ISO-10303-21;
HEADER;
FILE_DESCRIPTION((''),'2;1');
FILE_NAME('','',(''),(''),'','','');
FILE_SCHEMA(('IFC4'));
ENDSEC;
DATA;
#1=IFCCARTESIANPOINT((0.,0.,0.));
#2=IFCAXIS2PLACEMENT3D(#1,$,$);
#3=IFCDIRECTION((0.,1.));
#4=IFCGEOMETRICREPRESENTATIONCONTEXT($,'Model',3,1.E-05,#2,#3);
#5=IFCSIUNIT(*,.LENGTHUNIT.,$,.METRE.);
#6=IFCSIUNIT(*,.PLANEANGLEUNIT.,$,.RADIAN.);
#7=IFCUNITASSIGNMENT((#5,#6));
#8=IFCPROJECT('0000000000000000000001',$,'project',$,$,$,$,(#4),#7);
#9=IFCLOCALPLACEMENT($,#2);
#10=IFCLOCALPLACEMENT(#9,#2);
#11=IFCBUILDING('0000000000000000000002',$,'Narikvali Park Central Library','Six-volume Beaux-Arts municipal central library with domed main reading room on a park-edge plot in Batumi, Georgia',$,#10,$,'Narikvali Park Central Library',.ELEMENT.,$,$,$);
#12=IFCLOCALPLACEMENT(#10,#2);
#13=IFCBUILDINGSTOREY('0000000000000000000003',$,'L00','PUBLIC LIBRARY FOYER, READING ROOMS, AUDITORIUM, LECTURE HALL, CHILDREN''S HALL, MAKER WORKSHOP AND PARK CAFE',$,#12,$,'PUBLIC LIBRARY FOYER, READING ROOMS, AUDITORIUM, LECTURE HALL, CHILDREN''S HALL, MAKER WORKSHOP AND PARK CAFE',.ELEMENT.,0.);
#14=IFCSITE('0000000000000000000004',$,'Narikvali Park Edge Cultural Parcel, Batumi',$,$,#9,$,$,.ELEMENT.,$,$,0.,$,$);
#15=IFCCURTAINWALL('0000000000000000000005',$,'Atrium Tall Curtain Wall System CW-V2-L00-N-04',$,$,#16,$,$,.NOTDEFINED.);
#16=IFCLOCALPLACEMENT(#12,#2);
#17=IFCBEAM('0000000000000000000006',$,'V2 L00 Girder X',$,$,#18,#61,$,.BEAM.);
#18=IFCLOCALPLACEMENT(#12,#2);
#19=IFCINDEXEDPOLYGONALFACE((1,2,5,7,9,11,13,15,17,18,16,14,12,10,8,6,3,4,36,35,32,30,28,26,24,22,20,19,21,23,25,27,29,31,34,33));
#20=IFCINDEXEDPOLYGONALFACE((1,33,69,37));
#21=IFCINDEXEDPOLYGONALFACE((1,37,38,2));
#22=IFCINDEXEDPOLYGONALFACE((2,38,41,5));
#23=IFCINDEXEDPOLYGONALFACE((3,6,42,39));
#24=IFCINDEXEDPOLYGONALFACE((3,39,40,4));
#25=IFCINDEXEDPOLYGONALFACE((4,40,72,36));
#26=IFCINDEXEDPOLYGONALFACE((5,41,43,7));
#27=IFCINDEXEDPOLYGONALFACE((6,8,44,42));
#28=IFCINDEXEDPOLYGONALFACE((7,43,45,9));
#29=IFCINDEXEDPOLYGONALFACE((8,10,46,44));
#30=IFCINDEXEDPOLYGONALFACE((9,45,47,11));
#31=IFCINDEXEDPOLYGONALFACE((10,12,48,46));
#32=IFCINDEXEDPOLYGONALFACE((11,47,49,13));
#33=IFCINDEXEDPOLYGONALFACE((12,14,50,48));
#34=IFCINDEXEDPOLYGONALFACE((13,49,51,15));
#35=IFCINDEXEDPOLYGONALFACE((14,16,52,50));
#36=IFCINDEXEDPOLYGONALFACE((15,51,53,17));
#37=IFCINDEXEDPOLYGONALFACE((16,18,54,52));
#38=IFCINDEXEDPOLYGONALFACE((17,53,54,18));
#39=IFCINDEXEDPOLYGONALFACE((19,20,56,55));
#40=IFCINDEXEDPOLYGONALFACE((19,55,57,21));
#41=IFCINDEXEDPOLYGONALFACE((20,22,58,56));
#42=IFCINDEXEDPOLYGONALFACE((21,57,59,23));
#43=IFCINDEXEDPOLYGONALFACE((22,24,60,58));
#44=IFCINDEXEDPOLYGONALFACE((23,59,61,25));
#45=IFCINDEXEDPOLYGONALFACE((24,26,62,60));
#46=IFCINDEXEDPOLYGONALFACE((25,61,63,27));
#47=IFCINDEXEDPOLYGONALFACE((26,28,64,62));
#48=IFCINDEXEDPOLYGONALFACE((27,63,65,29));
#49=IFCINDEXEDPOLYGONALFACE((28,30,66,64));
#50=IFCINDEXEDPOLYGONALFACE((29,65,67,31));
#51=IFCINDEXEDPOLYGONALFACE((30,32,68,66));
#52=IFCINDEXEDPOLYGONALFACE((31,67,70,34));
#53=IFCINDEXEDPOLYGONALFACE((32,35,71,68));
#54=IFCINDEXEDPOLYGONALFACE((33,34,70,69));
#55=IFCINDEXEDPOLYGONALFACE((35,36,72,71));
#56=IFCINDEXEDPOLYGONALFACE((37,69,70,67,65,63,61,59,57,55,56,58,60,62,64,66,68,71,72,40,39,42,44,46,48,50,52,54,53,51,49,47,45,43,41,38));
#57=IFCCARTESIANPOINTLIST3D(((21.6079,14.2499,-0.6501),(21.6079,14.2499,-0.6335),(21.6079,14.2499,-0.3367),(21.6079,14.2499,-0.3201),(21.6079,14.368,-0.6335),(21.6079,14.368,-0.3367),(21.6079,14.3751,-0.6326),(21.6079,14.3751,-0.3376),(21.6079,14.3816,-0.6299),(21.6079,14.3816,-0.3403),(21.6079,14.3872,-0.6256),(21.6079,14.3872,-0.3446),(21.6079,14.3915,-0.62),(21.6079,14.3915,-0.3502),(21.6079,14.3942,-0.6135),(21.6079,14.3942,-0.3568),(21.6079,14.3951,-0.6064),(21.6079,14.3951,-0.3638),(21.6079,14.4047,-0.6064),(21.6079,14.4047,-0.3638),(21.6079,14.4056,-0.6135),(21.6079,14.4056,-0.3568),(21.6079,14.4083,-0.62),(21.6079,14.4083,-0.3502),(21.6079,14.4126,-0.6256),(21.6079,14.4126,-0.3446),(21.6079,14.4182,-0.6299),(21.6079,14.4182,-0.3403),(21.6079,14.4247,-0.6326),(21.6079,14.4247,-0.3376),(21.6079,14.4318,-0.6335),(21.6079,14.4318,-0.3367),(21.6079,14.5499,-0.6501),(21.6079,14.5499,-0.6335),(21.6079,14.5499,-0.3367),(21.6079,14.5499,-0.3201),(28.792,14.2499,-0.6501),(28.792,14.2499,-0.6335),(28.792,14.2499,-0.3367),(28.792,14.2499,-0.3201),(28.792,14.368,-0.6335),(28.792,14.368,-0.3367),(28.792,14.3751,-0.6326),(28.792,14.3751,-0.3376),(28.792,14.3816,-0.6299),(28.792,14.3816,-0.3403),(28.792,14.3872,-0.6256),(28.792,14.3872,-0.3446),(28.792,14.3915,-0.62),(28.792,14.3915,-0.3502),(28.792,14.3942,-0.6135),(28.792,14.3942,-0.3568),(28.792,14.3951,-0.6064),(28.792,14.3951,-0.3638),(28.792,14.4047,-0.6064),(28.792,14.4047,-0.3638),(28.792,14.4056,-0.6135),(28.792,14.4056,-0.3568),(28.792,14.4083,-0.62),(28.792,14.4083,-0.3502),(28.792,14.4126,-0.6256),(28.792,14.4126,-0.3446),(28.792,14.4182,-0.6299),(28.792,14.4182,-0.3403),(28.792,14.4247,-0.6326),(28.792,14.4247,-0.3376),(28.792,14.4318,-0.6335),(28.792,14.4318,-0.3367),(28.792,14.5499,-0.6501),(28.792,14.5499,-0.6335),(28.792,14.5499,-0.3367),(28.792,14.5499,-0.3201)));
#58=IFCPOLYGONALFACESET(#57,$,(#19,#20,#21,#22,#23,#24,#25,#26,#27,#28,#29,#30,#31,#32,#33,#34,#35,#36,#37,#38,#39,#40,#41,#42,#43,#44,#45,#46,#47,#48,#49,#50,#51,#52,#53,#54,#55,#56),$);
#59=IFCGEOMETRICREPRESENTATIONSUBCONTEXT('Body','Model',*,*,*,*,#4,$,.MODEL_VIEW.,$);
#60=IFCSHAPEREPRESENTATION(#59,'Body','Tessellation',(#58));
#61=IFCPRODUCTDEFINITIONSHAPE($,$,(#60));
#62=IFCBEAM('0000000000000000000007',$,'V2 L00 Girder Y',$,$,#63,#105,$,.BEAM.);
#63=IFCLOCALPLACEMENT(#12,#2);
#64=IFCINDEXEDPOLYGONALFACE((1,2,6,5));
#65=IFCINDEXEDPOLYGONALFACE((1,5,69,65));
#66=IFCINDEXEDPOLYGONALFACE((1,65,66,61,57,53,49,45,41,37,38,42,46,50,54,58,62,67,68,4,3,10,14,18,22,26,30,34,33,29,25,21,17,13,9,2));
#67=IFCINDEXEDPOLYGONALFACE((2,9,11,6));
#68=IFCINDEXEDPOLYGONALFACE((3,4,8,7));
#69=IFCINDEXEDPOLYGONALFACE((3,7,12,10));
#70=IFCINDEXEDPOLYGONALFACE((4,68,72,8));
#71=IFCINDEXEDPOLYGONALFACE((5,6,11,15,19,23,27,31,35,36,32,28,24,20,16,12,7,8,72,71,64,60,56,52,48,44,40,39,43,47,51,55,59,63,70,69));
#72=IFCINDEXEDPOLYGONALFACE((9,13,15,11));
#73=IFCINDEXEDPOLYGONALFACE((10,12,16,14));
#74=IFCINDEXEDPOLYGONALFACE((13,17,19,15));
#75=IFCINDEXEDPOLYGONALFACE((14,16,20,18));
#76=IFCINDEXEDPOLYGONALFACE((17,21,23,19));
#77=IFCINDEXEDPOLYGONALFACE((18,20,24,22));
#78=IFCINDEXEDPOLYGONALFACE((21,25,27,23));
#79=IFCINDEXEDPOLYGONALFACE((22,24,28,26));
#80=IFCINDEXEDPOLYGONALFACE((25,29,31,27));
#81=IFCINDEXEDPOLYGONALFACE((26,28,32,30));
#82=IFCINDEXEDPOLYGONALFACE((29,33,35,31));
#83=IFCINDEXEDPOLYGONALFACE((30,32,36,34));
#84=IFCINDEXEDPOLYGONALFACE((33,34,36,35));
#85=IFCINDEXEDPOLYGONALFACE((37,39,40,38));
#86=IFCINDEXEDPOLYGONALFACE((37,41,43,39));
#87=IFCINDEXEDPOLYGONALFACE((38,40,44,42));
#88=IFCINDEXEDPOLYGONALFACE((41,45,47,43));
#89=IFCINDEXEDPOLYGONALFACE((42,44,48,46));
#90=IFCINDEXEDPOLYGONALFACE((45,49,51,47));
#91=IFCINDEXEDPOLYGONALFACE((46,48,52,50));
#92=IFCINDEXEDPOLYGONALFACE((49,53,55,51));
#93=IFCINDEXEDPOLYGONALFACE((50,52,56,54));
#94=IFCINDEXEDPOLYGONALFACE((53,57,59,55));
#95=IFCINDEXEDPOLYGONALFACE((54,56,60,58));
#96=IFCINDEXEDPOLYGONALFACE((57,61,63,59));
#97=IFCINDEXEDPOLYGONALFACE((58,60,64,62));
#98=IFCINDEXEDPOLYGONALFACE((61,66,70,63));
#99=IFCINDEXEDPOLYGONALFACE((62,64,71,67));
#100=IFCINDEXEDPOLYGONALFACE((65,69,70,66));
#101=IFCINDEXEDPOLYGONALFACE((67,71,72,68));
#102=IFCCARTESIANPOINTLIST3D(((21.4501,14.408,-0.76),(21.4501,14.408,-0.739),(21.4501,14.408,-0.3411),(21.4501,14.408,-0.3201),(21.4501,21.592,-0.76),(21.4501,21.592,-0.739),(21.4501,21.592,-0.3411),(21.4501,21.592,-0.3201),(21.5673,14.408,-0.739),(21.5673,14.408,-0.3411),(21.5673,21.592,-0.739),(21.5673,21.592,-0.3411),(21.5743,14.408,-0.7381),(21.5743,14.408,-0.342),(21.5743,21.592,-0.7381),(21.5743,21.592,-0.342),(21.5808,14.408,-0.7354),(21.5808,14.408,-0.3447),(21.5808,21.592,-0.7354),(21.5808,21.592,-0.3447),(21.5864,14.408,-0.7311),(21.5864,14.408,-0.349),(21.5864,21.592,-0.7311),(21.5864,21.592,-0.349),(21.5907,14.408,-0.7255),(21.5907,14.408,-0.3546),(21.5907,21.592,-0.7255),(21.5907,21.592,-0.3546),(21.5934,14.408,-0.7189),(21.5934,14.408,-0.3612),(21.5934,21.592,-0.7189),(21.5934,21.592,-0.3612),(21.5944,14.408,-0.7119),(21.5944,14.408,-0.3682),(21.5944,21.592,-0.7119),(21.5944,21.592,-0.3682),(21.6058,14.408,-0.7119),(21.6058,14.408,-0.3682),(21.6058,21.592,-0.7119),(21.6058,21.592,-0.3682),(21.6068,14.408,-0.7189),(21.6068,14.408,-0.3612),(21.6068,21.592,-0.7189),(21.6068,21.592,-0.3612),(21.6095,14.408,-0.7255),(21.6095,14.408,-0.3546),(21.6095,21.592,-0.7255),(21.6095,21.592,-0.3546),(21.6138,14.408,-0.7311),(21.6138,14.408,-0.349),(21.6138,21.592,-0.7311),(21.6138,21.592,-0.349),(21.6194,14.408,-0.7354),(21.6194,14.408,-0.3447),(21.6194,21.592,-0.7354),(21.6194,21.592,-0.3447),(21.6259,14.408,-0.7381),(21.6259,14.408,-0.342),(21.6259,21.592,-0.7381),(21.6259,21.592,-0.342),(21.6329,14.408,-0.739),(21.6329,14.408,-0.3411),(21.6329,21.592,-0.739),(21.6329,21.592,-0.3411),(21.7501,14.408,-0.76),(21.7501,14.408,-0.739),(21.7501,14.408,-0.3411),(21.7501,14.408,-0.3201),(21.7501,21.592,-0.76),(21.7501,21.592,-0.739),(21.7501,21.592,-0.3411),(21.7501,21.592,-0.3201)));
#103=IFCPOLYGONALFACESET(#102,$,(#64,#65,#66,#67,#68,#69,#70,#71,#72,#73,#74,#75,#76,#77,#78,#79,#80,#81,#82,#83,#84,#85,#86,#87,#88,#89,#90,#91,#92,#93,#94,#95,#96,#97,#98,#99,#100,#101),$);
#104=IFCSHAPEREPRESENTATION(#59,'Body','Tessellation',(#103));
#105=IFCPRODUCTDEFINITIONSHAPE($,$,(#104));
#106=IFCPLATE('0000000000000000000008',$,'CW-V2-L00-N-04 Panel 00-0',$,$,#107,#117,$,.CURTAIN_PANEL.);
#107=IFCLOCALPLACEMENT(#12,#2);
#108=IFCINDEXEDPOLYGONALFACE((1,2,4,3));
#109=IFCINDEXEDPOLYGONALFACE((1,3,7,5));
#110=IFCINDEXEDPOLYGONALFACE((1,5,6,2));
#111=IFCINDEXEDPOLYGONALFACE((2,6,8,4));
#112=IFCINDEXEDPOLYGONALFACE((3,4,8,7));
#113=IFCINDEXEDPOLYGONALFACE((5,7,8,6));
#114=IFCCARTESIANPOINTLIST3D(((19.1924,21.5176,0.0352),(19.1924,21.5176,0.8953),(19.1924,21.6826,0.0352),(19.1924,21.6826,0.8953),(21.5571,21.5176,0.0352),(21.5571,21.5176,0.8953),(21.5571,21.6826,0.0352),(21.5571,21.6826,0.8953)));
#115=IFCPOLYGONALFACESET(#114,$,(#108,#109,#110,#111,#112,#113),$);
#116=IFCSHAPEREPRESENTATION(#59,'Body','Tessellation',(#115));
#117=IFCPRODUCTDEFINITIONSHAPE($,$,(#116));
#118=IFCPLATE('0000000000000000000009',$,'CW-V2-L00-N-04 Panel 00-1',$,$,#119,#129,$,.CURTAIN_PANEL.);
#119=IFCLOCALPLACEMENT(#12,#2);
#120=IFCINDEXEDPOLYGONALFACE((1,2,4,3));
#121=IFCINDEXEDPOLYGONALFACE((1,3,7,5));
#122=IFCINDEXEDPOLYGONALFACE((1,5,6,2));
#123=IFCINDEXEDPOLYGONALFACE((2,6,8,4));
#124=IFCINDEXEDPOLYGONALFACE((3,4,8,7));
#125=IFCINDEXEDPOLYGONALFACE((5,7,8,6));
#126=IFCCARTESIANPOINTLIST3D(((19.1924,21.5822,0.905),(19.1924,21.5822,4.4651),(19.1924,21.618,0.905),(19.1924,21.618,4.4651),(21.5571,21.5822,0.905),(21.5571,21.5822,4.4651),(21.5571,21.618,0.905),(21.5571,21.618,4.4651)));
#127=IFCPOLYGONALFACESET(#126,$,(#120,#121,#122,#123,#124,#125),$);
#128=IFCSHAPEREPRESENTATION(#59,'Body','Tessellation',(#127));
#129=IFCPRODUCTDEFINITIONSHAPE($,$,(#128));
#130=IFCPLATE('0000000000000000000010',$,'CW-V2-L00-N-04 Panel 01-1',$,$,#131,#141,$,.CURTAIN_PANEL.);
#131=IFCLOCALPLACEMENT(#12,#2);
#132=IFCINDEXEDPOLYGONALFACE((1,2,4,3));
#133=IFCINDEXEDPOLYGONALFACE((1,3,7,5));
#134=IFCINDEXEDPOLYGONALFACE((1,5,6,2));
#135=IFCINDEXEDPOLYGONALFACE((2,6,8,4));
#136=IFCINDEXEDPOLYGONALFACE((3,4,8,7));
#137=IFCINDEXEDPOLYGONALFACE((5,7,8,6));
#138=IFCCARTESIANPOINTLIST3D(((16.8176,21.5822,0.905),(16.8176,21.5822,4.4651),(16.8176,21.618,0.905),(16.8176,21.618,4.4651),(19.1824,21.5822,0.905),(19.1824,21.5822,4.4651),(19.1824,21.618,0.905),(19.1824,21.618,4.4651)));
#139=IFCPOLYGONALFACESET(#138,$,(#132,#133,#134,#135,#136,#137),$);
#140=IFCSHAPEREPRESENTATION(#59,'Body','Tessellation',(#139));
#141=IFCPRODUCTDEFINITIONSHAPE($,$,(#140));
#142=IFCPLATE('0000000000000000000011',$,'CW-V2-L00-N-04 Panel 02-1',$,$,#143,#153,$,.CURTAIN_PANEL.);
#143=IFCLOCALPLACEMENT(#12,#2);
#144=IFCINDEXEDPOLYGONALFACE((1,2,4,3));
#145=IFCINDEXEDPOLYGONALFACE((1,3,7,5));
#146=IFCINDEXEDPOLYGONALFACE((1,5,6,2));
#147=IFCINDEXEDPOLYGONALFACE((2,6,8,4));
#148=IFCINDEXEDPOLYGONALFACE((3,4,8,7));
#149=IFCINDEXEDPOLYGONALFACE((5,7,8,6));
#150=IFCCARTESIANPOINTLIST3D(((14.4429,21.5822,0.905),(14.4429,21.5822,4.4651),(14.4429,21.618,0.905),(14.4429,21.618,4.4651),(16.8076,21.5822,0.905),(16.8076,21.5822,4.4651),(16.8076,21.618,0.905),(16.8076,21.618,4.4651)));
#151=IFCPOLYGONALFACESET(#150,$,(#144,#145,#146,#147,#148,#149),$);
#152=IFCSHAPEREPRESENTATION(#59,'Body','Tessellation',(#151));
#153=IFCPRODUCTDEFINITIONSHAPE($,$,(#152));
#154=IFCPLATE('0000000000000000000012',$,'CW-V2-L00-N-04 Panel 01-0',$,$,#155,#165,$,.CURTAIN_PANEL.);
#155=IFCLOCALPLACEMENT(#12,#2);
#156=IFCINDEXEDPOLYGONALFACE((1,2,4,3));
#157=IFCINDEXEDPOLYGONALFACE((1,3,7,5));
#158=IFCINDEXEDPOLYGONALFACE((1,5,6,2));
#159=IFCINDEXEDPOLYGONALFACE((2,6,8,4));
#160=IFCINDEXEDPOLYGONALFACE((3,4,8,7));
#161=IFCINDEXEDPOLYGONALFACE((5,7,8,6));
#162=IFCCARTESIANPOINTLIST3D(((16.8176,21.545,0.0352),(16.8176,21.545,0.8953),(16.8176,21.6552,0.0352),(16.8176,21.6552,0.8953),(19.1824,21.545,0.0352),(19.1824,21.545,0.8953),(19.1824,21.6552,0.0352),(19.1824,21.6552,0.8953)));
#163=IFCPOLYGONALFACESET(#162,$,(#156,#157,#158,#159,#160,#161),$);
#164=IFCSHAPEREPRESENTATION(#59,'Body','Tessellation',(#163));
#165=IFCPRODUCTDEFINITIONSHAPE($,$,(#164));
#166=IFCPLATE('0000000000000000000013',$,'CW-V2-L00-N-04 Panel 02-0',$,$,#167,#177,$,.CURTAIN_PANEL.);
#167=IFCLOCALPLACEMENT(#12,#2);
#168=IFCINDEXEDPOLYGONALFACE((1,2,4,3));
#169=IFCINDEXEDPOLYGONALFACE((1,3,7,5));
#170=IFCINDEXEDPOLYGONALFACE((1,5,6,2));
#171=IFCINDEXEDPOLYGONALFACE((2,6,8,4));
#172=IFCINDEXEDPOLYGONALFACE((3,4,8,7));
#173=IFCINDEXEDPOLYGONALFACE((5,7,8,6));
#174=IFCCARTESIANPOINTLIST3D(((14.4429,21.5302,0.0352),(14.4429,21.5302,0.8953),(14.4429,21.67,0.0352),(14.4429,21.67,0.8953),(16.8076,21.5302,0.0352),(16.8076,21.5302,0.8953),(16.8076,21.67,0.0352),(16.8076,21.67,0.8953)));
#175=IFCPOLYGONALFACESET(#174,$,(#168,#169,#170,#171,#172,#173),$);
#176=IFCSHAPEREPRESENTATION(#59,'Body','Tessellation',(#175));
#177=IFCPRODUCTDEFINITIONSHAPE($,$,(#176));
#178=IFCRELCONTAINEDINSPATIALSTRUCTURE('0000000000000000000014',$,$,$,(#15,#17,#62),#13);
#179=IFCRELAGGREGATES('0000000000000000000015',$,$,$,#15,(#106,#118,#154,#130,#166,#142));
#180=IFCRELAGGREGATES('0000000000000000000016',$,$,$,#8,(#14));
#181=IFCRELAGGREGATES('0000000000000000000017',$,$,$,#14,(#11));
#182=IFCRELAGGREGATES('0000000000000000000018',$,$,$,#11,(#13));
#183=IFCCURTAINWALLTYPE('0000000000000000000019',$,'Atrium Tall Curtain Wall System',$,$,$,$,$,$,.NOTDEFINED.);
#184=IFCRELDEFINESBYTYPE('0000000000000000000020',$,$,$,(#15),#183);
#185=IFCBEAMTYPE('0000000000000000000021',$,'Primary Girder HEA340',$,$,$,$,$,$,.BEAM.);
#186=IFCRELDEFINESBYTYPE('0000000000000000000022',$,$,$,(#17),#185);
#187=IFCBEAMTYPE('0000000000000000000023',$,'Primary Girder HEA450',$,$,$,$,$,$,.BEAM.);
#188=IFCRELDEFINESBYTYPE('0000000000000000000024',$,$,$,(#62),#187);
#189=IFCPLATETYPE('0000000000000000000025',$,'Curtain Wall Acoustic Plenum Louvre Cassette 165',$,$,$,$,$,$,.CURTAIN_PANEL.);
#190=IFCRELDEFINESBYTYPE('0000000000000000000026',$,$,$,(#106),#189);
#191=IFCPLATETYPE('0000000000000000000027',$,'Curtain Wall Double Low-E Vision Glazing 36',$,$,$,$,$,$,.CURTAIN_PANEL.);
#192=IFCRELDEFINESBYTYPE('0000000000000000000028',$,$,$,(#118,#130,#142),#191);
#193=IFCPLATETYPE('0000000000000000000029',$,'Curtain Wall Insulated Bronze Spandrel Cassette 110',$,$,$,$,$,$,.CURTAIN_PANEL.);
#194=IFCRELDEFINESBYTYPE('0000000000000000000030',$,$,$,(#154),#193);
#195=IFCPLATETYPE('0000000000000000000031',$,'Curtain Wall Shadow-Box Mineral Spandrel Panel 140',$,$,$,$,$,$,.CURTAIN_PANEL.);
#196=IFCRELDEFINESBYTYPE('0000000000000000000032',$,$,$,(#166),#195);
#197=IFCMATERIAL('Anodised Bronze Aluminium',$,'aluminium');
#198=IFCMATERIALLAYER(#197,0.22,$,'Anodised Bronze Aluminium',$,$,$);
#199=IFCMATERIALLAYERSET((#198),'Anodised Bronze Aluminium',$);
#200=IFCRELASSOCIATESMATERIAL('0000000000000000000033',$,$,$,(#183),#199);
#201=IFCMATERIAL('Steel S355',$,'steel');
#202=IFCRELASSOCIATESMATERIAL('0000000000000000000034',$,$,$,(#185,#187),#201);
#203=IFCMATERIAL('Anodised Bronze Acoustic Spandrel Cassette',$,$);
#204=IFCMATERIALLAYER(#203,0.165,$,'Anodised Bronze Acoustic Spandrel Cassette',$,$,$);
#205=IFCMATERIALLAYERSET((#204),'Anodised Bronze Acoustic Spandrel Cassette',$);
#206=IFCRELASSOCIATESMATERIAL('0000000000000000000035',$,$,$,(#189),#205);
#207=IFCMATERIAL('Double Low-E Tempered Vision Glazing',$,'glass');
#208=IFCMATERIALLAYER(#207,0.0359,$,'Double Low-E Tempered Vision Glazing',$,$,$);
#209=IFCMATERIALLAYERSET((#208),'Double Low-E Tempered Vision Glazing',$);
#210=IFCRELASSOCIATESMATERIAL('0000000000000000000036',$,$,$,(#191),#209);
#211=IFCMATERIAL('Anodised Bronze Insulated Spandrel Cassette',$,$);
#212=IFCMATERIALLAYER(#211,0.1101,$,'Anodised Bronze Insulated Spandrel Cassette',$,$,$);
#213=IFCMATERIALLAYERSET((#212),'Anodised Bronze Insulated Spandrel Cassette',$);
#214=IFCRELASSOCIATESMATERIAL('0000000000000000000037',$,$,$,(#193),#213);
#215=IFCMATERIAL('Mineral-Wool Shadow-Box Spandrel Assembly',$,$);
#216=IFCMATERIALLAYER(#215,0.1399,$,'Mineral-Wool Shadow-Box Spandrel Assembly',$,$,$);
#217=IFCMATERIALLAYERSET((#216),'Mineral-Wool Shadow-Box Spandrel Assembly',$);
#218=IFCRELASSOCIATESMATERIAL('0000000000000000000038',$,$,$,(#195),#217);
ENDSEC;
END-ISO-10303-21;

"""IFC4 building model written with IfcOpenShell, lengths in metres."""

from ifc_helpers import new_model, si_unit, direction, frame, origin, origin_2d, place, context, subcontext, project, spatial, rectangle, i_section, extrude, material, layer, layer_set, material_profile, profile_set, type_object, element, aggregate, save


model = new_model("IFC4")

# Units and contexts
model_context = context("Model", 3, precision=1e-05, world=origin(), true_north=direction((0.0, 1.0)))
body_context = subcontext(model_context, "Body", "Model", "MODEL_VIEW")
ifc_project = project(units=[si_unit("LENGTHUNIT", "METRE"), si_unit("PLANEANGLEUNIT", "RADIAN")], contexts=[model_context])

# Site, building, storey
site_placement = place(None, origin())
site = spatial("IfcSite", under=ifc_project, at=site_placement, Name="Narikvali Park Edge Cultural Parcel, Batumi", CompositionType="ELEMENT", RefElevation=0.0)
building_placement = place(site_placement, origin())
building = spatial("IfcBuilding", under=site, at=building_placement, Name="Narikvali Park Central Library", Description="Six-volume Beaux-Arts municipal central library with domed main reading room on a park-edge plot in Batumi, Georgia", LongName="Narikvali Park Central Library", CompositionType="ELEMENT")
storey_placement = place(building_placement, origin())
storey = spatial("IfcBuildingStorey", under=building, at=storey_placement, Name="L00", Description="PUBLIC LIBRARY FOYER, READING ROOMS, AUDITORIUM, LECTURE HALL, CHILDREN'S HALL, MAKER WORKSHOP AND PARK CAFE", LongName="PUBLIC LIBRARY FOYER, READING ROOMS, AUDITORIUM, LECTURE HALL, CHILDREN'S HALL, MAKER WORKSHOP AND PARK CAFE", CompositionType="ELEMENT", Elevation=0.0)

# Shared definitions
ifc_material_1 = material(Name="Steel S355", Category="steel")

# Shared definitions
ifc_material_2 = material(Name="Anodised Bronze Aluminium", Category="aluminium")
ifc_layer_1 = layer(ifc_material_2, 0.22, Name="Anodised Bronze Aluminium")
ifc_layer_set_1 = layer_set([ifc_layer_1], Name="Anodised Bronze Aluminium")
curtain_wall_type = type_object("IfcCurtainWallType", Name="Atrium Tall Curtain Wall System", PredefinedType="NOTDEFINED", material=ifc_layer_set_1)

# Curtain wall
curtain_wall_1_placement = place(storey_placement, origin())
curtain_wall_1 = element("IfcCurtainWall", 1, at=curtain_wall_1_placement, inside=storey, type_object=curtain_wall_type, Name="Atrium Tall Curtain Wall System CW-V2-L00-N-04", PredefinedType="NOTDEFINED")

# Beams
ifc_material_profile_1 = material_profile(ifc_material_1, i_section(OverallWidth=0.3, OverallDepth=0.3301, WebThickness=0.0095, FlangeThickness=0.0166, FilletRadius=0.0271, at=origin_2d()), Name="HEA 340")
ifc_profile_set_1 = profile_set([ifc_material_profile_1], Name="Steel S355")
beam_type_1 = type_object("IfcBeamType", Name="Primary Girder HEA340", PredefinedType="BEAM", material=ifc_profile_set_1)
beam_1_placement = place(storey_placement, frame((21.6079, 14.3999, -0.4851), z_axis=(1.0, 0.0, 0.0), x_axis=(0.0, 1.0, 0.0)))
element("IfcBeam", 2, at=beam_1_placement, inside=storey, type_object=beam_type_1, Name="V2 L00 Girder X", PredefinedType="BEAM", context=body_context, shape_type="SweptSolid", body=[
    extrude(i_section(OverallWidth=0.3, OverallDepth=0.3301, WebThickness=0.0095, FlangeThickness=0.0166, FilletRadius=0.0271, at=origin_2d()), origin(), (0.0, 0.0, 1.0), 7.1841),
])
ifc_material_profile_2 = material_profile(ifc_material_1, i_section(OverallWidth=0.3, OverallDepth=0.4399, WebThickness=0.0115, FlangeThickness=0.021, FilletRadius=0.0271, at=origin_2d()), Name="HEA 450")
ifc_profile_set_2 = profile_set([ifc_material_profile_2], Name="Steel S355")
beam_type_2 = type_object("IfcBeamType", Name="Primary Girder HEA450", PredefinedType="BEAM", material=ifc_profile_set_2)
beam_2_placement = place(storey_placement, frame((21.6001, 14.408, -0.54), z_axis=(0.0, 1.0, 0.0), x_axis=(-1.0, 0.0, 0.0)))
element("IfcBeam", 3, at=beam_2_placement, inside=storey, type_object=beam_type_2, Name="V2 L00 Girder Y", PredefinedType="BEAM", context=body_context, shape_type="SweptSolid", body=[
    extrude(i_section(OverallWidth=0.3, OverallDepth=0.4399, WebThickness=0.0115, FlangeThickness=0.021, FilletRadius=0.0271, at=origin_2d()), origin(), (0.0, 0.0, 1.0), 7.1841),
])

# Plates
ifc_material_3 = material(Name="Anodised Bronze Acoustic Spandrel Cassette")
ifc_layer_2 = layer(ifc_material_3, 0.165, Name="Anodised Bronze Acoustic Spandrel Cassette")
ifc_layer_set_2 = layer_set([ifc_layer_2], Name="Anodised Bronze Acoustic Spandrel Cassette")
plate_type_1 = type_object("IfcPlateType", Name="Curtain Wall Acoustic Plenum Louvre Cassette 165", PredefinedType="CURTAIN_PANEL", material=ifc_layer_set_2)
plate_1_placement = place(storey_placement, frame((20.3748, 21.6001, 0.0352), z_axis=(0.0, 0.0, 1.0), x_axis=(-1.0, 0.0, 0.0)))
plate_1 = element("IfcPlate", 4, at=plate_1_placement, type_object=plate_type_1, Name="CW-V2-L00-N-04 Panel 00-0", PredefinedType="CURTAIN_PANEL", context=body_context, shape_type="SweptSolid", body=[
    extrude(rectangle(XDim=2.3647, YDim=0.165, at=origin_2d()), origin(), (0.0, 0.0, 1.0), 0.8601),
])
ifc_material_4 = material(Name="Double Low-E Tempered Vision Glazing", Category="glass")
ifc_layer_3 = layer(ifc_material_4, 0.0359, Name="Double Low-E Tempered Vision Glazing")
ifc_layer_set_3 = layer_set([ifc_layer_3], Name="Double Low-E Tempered Vision Glazing")
plate_type_2 = type_object("IfcPlateType", Name="Curtain Wall Double Low-E Vision Glazing 36", PredefinedType="CURTAIN_PANEL", material=ifc_layer_set_3)
plate_2_placement = place(storey_placement, frame((20.3748, 21.6001, 0.905), z_axis=(0.0, 0.0, 1.0), x_axis=(-1.0, 0.0, 0.0)))
plate_2 = element("IfcPlate", 5, at=plate_2_placement, type_object=plate_type_2, Name="CW-V2-L00-N-04 Panel 00-1", PredefinedType="CURTAIN_PANEL", context=body_context, shape_type="SweptSolid", body=[
    extrude(rectangle(XDim=2.3647, YDim=0.0359, at=origin_2d()), origin(), (0.0, 0.0, 1.0), 3.5601),
])
plate_3_placement = place(storey_placement, frame((18.0, 21.6001, 0.905), z_axis=(0.0, 0.0, 1.0), x_axis=(-1.0, 0.0, 0.0)))
plate_3 = element("IfcPlate", 6, at=plate_3_placement, type_object=plate_type_2, Name="CW-V2-L00-N-04 Panel 01-1", PredefinedType="CURTAIN_PANEL", context=body_context, shape_type="SweptSolid", body=[
    extrude(rectangle(XDim=2.3647, YDim=0.0359, at=origin_2d()), origin(), (0.0, 0.0, 1.0), 3.5601),
])
plate_4_placement = place(storey_placement, frame((15.6252, 21.6001, 0.905), z_axis=(0.0, 0.0, 1.0), x_axis=(-1.0, 0.0, 0.0)))
plate_4 = element("IfcPlate", 7, at=plate_4_placement, type_object=plate_type_2, Name="CW-V2-L00-N-04 Panel 02-1", PredefinedType="CURTAIN_PANEL", context=body_context, shape_type="SweptSolid", body=[
    extrude(rectangle(XDim=2.3647, YDim=0.0359, at=origin_2d()), origin(), (0.0, 0.0, 1.0), 3.5601),
])
ifc_material_5 = material(Name="Anodised Bronze Insulated Spandrel Cassette")
ifc_layer_4 = layer(ifc_material_5, 0.1101, Name="Anodised Bronze Insulated Spandrel Cassette")
ifc_layer_set_4 = layer_set([ifc_layer_4], Name="Anodised Bronze Insulated Spandrel Cassette")
plate_type_3 = type_object("IfcPlateType", Name="Curtain Wall Insulated Bronze Spandrel Cassette 110", PredefinedType="CURTAIN_PANEL", material=ifc_layer_set_4)
plate_5_placement = place(storey_placement, frame((18.0, 21.6001, 0.0352), z_axis=(0.0, 0.0, 1.0), x_axis=(-1.0, 0.0, 0.0)))
plate_5 = element("IfcPlate", 8, at=plate_5_placement, type_object=plate_type_3, Name="CW-V2-L00-N-04 Panel 01-0", PredefinedType="CURTAIN_PANEL", context=body_context, shape_type="SweptSolid", body=[
    extrude(rectangle(XDim=2.3647, YDim=0.1101, at=origin_2d()), origin(), (0.0, 0.0, 1.0), 0.8601),
])
ifc_material_6 = material(Name="Mineral-Wool Shadow-Box Spandrel Assembly")
ifc_layer_5 = layer(ifc_material_6, 0.1399, Name="Mineral-Wool Shadow-Box Spandrel Assembly")
ifc_layer_set_5 = layer_set([ifc_layer_5], Name="Mineral-Wool Shadow-Box Spandrel Assembly")
plate_type_4 = type_object("IfcPlateType", Name="Curtain Wall Shadow-Box Mineral Spandrel Panel 140", PredefinedType="CURTAIN_PANEL", material=ifc_layer_set_5)
plate_6_placement = place(storey_placement, frame((15.6252, 21.6001, 0.0352), z_axis=(0.0, 0.0, 1.0), x_axis=(-1.0, 0.0, 0.0)))
plate_6 = element("IfcPlate", 9, at=plate_6_placement, type_object=plate_type_4, Name="CW-V2-L00-N-04 Panel 02-0", PredefinedType="CURTAIN_PANEL", context=body_context, shape_type="SweptSolid", body=[
    extrude(rectangle(XDim=2.3647, YDim=0.1399, at=origin_2d()), origin(), (0.0, 0.0, 1.0), 0.8601),
])
aggregate(curtain_wall_1, [plate_1, plate_2, plate_5, plate_3, plate_6, plate_4])

save(model, "model.ifc")
